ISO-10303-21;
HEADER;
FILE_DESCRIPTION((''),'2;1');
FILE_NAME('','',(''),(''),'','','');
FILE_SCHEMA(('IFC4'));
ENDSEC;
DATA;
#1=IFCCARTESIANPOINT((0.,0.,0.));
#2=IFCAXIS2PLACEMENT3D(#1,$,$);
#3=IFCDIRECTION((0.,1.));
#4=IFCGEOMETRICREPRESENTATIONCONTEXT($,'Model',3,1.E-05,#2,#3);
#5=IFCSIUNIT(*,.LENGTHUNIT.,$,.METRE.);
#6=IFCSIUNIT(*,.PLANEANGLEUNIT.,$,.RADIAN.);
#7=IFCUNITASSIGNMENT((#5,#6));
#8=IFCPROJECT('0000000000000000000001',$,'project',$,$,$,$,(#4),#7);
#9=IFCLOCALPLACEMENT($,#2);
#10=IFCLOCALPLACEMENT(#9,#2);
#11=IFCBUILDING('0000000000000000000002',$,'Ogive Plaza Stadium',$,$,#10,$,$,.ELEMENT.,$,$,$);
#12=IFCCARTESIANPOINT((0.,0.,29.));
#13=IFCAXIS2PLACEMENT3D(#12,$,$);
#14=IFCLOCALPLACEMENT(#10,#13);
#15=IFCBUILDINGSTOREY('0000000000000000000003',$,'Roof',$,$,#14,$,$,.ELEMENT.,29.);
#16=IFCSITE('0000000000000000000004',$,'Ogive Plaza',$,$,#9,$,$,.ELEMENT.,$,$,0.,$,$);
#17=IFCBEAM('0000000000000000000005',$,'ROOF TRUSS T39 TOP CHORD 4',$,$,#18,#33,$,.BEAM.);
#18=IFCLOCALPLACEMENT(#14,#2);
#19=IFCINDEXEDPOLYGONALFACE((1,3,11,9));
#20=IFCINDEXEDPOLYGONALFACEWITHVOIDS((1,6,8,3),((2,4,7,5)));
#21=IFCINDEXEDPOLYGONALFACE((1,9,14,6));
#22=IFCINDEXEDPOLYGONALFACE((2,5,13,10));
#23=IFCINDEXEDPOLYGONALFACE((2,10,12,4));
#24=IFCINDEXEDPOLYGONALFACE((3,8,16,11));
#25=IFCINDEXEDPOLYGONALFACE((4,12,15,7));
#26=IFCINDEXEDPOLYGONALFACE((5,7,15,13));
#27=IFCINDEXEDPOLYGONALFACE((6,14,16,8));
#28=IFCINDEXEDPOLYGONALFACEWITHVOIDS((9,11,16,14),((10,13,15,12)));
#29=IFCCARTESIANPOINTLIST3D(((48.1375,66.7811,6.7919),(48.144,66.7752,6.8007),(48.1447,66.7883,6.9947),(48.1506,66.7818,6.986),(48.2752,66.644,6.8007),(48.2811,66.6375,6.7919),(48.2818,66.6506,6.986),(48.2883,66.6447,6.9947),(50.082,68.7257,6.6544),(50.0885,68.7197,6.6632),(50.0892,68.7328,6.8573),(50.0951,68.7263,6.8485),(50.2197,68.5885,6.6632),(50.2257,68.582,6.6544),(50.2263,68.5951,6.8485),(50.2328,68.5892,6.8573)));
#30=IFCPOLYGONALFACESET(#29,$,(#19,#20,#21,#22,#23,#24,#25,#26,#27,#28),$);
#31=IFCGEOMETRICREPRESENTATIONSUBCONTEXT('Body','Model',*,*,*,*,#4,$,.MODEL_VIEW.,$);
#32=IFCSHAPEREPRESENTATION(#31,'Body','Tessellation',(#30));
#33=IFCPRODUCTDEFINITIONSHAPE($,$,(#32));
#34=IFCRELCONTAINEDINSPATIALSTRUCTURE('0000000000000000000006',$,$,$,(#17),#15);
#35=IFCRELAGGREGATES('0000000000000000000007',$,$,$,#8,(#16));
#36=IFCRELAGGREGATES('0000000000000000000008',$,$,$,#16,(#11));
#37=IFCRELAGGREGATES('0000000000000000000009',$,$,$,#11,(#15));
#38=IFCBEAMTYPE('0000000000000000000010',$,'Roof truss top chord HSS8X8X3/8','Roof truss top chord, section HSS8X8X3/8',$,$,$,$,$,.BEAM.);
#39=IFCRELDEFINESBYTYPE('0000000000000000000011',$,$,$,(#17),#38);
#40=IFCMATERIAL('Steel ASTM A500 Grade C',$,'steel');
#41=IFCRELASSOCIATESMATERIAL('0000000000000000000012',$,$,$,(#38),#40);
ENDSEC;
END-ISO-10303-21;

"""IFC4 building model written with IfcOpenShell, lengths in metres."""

from ifc_helpers import new_model, si_unit, direction, frame, origin, origin_2d, place, context, subcontext, project, spatial, hollow_rectangle, extrude, material, material_profile, profile_set, type_object, element, save


model = new_model("IFC4")

# Units and contexts
model_context = context("Model", 3, precision=1e-05, world=origin(), true_north=direction((0.0, 1.0)))
body_context = subcontext(model_context, "Body", "Model", "MODEL_VIEW")
ifc_project = project(units=[si_unit("LENGTHUNIT", "METRE"), si_unit("PLANEANGLEUNIT", "RADIAN")], contexts=[model_context])

# Site, building, storey
site_placement = place(None, origin())
site = spatial("IfcSite", under=ifc_project, at=site_placement, Name="Ogive Plaza", CompositionType="ELEMENT", RefElevation=0.0)
building_placement = place(site_placement, origin())
building = spatial("IfcBuilding", under=site, at=building_placement, Name="Ogive Plaza Stadium", CompositionType="ELEMENT")
storey_placement = place(building_placement, frame((0.0, 0.0, 29.0)))
storey = spatial("IfcBuildingStorey", under=building, at=storey_placement, Name="Roof", CompositionType="ELEMENT", Elevation=29.0)

# Beam
ifc_material_1 = material(Name="Steel ASTM A500 Grade C", Category="steel")
ifc_material_profile_1 = material_profile(ifc_material_1, hollow_rectangle(XDim=0.2031, YDim=0.2031, WallThickness=0.0088, at=origin_2d()), Name="HSS8X8X3/8")
ifc_profile_set_1 = profile_set([ifc_material_profile_1], Name="Steel ASTM A500 Grade C")
beam_type_1 = type_object("IfcBeamType", Name="Roof truss top chord HSS8X8X3/8", Description="Roof truss top chord, section HSS8X8X3/8", PredefinedType="BEAM", material=ifc_profile_set_1)
for number, where, z_axis, x_axis, name in (
    (1, (48.2129, 66.7129, 6.8933), (0.706225, 0.706225, -0.049919), (-0.707107, 0.707107, 0.0), "ROOF TRUSS T39 TOP CHORD 4"),
):
    element("IfcBeam", number, at=place(storey_placement, frame(where, z_axis=z_axis, x_axis=x_axis)), inside=storey, type_object=beam_type_1, Name=name, PredefinedType="BEAM", context=body_context, shape_type="SweptSolid", body=[
        extrude(hollow_rectangle(XDim=0.2031, YDim=0.2031, WallThickness=0.0088, at=origin_2d()), origin(), (0.0, 0.0, 1.0), 2.7534),
    ])

save(model, "model.ifc")
